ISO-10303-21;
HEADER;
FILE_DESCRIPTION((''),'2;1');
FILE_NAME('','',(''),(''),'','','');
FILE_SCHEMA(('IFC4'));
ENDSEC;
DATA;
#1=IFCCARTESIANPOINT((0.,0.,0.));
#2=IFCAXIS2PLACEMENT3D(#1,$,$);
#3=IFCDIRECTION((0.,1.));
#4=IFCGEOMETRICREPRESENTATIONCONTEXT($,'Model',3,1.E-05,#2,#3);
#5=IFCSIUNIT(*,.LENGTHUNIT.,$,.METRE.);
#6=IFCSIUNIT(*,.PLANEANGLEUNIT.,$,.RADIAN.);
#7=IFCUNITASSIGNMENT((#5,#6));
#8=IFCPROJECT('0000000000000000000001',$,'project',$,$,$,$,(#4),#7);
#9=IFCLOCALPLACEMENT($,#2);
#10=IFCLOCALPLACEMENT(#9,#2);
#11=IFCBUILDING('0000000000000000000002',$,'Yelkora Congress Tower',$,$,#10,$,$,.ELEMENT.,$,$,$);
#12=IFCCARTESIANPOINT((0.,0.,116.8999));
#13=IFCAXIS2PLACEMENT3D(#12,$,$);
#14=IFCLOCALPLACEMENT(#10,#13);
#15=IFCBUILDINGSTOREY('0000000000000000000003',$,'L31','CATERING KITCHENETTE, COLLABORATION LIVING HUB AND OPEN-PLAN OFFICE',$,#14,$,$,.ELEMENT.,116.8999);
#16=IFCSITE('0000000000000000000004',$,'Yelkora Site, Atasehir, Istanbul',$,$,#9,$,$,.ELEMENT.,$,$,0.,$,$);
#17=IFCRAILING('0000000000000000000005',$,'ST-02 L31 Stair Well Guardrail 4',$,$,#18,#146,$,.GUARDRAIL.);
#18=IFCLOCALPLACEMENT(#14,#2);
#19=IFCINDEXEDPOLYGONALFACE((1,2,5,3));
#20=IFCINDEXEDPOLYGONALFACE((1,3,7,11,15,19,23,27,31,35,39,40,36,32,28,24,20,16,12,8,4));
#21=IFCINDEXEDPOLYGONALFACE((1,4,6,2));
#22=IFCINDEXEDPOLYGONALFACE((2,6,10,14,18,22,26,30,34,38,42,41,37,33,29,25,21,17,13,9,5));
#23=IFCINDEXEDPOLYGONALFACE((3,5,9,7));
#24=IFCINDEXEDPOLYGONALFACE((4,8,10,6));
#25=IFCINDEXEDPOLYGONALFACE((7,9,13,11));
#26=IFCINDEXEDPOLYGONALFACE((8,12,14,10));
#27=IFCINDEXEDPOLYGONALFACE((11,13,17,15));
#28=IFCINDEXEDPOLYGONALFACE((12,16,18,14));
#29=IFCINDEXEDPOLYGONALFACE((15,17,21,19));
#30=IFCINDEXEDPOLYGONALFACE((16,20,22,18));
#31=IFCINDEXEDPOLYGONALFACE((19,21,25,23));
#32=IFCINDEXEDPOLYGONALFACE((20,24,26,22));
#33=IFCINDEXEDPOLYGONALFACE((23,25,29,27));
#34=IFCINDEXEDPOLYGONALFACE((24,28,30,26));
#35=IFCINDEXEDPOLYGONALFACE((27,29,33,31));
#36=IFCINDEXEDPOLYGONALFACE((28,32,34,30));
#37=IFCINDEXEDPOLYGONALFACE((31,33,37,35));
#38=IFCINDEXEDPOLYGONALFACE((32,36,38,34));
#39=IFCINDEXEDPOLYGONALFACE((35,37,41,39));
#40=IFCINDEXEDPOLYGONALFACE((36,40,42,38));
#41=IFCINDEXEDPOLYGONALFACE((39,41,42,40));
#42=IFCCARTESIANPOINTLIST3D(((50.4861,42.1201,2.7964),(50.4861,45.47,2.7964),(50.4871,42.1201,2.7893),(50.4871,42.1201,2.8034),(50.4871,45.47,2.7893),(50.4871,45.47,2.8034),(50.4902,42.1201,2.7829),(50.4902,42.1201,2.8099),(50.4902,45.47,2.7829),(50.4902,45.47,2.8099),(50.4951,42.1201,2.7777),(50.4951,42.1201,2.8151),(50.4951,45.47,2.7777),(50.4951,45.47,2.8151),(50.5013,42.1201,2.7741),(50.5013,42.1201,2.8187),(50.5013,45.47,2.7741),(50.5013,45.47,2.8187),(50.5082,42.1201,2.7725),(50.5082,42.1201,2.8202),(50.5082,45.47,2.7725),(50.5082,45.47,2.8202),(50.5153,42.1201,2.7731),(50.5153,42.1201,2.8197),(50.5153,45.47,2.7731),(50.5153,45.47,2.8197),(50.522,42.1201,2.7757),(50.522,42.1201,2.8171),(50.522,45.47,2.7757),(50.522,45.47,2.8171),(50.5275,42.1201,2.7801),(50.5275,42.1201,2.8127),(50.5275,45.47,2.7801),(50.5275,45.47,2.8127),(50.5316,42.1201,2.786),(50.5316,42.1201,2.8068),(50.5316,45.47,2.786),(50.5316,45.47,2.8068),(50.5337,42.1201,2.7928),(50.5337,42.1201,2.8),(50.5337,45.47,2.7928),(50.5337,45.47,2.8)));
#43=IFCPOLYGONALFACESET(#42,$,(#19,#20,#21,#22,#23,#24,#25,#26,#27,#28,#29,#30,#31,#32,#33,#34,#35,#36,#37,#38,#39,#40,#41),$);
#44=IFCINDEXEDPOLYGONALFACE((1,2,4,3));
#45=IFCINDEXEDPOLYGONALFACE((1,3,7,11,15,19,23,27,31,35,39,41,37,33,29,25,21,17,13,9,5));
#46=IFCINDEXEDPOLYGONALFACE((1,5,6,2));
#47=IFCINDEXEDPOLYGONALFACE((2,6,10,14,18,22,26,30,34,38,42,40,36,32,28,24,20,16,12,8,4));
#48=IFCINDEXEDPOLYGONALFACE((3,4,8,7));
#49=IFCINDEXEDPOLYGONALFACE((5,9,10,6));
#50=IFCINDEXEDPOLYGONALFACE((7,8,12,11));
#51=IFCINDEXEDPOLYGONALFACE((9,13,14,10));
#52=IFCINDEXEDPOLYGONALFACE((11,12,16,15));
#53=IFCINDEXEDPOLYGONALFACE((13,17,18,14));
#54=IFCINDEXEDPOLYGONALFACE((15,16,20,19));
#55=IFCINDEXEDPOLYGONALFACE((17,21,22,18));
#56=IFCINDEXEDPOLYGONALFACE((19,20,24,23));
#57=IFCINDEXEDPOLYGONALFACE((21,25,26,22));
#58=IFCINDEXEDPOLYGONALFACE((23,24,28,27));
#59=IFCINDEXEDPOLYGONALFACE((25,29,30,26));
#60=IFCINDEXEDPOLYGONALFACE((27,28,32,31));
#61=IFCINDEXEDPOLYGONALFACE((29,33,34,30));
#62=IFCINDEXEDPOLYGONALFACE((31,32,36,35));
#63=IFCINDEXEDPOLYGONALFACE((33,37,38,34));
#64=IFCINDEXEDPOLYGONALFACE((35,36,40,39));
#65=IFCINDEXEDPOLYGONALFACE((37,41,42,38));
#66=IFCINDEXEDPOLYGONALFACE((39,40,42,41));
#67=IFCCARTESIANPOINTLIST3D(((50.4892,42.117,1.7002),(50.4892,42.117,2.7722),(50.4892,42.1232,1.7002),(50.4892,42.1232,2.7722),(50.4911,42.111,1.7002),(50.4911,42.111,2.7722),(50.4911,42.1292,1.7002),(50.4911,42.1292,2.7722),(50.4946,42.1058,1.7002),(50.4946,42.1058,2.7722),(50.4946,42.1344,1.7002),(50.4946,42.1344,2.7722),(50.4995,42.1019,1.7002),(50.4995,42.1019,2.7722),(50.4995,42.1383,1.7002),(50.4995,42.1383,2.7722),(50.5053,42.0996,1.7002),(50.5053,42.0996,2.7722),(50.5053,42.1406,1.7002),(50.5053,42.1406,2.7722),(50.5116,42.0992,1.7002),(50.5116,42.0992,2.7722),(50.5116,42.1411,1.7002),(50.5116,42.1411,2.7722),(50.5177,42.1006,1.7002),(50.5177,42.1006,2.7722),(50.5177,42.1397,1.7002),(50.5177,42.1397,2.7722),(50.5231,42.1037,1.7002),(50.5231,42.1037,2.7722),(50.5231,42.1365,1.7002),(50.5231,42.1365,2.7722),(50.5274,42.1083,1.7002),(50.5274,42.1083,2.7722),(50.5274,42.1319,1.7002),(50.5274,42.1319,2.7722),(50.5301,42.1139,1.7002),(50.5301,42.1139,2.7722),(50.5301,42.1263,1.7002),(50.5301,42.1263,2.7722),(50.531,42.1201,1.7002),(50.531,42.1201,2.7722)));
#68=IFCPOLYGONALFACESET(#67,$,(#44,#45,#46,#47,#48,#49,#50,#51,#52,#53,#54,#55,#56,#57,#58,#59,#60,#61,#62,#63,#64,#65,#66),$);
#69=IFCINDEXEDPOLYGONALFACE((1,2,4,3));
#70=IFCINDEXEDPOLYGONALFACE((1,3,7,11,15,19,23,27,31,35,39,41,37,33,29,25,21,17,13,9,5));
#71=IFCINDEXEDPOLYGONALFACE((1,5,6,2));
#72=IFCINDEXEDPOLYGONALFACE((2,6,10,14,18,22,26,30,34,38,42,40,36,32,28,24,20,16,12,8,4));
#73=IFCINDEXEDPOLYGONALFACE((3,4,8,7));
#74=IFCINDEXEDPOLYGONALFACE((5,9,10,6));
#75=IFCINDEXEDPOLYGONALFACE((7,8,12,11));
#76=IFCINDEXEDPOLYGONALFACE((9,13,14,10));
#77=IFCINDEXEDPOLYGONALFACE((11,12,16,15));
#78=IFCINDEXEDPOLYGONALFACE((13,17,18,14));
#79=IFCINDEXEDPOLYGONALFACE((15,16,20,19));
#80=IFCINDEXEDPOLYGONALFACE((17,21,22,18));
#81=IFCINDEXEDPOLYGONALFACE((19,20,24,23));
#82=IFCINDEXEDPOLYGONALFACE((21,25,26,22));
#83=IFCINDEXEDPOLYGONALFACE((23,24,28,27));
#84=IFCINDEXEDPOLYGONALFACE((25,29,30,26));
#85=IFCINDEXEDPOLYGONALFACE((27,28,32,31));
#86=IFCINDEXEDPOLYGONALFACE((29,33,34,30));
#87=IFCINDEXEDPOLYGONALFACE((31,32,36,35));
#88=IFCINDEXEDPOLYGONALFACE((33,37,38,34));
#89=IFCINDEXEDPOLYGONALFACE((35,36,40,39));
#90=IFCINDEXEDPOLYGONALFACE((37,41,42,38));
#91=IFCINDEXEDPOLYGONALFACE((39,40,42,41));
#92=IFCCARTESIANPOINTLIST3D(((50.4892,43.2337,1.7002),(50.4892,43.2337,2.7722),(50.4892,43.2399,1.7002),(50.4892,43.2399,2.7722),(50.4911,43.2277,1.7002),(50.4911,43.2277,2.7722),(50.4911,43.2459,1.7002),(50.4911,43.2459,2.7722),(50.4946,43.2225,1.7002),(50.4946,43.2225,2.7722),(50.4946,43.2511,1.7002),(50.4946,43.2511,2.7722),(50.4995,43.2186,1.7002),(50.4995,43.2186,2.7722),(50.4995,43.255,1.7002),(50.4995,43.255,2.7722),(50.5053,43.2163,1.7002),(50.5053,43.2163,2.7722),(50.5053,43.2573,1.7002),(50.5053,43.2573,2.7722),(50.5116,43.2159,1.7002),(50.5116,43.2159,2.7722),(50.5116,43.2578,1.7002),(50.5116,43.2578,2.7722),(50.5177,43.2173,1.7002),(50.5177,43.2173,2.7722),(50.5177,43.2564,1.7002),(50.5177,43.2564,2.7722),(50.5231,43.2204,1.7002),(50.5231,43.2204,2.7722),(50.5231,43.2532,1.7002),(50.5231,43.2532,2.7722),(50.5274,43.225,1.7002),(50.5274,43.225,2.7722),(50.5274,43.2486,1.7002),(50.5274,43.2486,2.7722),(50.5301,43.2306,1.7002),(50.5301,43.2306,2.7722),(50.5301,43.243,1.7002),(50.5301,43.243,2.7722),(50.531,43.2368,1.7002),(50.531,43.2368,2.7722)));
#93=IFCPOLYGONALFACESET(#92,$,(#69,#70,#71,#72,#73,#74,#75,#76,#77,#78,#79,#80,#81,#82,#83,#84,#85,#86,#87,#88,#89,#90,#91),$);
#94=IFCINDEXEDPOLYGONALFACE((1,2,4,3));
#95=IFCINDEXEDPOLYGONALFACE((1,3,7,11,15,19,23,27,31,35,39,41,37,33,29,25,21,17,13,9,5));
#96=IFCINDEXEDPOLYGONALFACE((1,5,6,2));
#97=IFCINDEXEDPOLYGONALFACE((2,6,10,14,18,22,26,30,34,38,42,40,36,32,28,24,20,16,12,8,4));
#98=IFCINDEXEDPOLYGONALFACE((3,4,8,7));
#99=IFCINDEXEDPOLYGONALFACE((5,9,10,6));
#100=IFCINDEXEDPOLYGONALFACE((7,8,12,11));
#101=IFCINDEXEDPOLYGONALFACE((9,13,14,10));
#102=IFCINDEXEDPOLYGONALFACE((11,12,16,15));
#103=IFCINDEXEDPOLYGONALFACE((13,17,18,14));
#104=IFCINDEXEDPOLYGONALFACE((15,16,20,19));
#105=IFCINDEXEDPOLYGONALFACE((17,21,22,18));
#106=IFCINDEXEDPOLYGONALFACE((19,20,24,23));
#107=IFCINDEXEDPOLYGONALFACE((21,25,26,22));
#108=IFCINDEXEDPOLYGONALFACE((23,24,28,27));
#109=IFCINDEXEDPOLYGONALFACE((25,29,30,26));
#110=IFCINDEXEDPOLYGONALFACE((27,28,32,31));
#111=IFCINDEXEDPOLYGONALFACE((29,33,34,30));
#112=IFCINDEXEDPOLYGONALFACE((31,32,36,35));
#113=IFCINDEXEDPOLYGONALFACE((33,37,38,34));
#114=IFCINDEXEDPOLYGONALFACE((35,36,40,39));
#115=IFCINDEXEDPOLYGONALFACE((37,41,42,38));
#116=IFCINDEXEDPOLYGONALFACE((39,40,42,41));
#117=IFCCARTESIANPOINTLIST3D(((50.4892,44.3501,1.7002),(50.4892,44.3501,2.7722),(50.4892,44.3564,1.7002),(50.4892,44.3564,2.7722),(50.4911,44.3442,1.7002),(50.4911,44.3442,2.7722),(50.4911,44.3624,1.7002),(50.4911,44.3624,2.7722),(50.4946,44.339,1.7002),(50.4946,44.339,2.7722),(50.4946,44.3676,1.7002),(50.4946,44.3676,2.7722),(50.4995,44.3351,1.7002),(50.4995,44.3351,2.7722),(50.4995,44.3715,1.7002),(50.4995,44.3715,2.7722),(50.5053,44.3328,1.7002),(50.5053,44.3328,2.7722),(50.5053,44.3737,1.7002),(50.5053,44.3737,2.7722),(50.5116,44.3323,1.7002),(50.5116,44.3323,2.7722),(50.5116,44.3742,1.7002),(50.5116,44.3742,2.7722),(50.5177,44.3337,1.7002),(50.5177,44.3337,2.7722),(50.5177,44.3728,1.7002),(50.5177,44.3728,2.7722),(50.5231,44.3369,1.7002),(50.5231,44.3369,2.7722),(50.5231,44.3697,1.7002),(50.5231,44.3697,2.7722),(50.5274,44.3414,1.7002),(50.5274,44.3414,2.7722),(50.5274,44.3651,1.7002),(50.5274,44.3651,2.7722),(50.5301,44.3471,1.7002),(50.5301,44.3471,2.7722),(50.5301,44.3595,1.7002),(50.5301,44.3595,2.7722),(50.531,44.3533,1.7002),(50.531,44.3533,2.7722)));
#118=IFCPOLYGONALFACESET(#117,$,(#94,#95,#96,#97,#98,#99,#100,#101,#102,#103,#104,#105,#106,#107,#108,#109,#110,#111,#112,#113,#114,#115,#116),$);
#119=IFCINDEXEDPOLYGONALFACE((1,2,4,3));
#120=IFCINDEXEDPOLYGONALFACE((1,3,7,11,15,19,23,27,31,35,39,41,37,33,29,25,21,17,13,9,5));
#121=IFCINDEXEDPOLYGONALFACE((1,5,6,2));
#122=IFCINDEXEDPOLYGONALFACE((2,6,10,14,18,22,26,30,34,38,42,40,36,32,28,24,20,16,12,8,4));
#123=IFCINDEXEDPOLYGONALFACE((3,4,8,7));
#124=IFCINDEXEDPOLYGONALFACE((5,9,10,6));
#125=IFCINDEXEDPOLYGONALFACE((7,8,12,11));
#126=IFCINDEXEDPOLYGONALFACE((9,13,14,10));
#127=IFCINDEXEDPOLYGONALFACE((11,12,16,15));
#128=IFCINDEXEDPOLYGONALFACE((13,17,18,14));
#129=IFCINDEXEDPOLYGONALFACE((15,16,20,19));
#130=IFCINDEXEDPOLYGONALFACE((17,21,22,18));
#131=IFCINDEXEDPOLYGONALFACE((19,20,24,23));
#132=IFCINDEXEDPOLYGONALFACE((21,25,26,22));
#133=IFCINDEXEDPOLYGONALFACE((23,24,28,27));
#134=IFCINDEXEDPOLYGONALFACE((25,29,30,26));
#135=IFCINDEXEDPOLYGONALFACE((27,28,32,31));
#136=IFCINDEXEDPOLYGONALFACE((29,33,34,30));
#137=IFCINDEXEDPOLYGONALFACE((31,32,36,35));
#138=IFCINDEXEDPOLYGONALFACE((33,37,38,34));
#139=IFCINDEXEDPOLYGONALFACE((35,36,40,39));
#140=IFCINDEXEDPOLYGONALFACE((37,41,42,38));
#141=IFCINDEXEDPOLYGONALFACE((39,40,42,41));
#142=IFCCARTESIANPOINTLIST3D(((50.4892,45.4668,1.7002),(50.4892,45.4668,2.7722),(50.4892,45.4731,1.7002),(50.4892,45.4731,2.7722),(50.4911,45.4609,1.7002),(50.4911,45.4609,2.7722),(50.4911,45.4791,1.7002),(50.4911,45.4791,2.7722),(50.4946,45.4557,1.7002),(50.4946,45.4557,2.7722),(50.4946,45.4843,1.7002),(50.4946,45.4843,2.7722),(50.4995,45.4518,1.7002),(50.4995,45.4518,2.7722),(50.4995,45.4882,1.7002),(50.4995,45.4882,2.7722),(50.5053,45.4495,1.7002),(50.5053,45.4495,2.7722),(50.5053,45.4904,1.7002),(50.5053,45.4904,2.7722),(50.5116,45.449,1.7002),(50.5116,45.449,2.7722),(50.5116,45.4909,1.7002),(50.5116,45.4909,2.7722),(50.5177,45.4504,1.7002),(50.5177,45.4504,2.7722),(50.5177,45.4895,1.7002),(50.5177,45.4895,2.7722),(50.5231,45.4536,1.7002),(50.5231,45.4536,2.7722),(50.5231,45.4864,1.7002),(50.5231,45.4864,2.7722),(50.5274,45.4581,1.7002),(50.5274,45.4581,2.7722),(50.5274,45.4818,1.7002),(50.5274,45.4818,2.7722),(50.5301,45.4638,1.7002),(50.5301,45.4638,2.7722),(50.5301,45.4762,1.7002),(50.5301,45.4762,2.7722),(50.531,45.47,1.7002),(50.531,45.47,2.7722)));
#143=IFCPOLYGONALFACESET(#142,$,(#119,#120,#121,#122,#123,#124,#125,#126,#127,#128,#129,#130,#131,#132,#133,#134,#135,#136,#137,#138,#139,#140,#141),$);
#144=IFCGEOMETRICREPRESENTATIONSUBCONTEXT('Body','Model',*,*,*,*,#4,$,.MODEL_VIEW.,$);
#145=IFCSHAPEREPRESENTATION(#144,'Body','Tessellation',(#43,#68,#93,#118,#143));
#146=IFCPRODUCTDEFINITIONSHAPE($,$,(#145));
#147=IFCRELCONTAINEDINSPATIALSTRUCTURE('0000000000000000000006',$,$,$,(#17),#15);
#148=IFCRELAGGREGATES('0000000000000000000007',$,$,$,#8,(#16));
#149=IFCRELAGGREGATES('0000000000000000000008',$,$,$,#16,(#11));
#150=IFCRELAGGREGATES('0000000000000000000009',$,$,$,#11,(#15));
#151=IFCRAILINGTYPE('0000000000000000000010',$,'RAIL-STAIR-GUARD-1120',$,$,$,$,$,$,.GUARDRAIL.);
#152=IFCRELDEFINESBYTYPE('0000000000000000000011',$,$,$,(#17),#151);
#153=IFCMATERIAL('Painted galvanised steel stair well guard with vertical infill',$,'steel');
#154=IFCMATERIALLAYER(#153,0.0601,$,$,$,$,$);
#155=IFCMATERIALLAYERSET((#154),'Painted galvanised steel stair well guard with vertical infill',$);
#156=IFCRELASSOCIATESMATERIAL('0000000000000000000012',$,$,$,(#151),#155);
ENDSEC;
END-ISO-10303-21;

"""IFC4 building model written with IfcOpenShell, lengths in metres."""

from ifc_helpers import new_model, si_unit, direction, frame, origin, origin_2d, place, context, subcontext, project, spatial, circle, extrude, material, layer, layer_set, type_object, element, save


model = new_model("IFC4")

# Units and contexts
model_context = context("Model", 3, precision=1e-05, world=origin(), true_north=direction((0.0, 1.0)))
body_context = subcontext(model_context, "Body", "Model", "MODEL_VIEW")
ifc_project = project(units=[si_unit("LENGTHUNIT", "METRE"), si_unit("PLANEANGLEUNIT", "RADIAN")], contexts=[model_context])

# Site, building, storey
site_placement = place(None, origin())
site = spatial("IfcSite", under=ifc_project, at=site_placement, Name="Yelkora Site, Atasehir, Istanbul", CompositionType="ELEMENT", RefElevation=0.0)
building_placement = place(site_placement, origin())
building = spatial("IfcBuilding", under=site, at=building_placement, Name="Yelkora Congress Tower", CompositionType="ELEMENT")
storey_placement = place(building_placement, frame((0.0, 0.0, 116.8999)))
storey = spatial("IfcBuildingStorey", under=building, at=storey_placement, Name="L31", Description="CATERING KITCHENETTE, COLLABORATION LIVING HUB AND OPEN-PLAN OFFICE", CompositionType="ELEMENT", Elevation=116.8999)

# Railing
ifc_material_1 = material(Name="Painted galvanised steel stair well guard with vertical infill", Category="steel")
ifc_layer_1 = layer(ifc_material_1, 0.0601)
ifc_layer_set_1 = layer_set([ifc_layer_1], Name="Painted galvanised steel stair well guard with vertical infill")
railing_type_1 = type_object("IfcRailingType", Name="RAIL-STAIR-GUARD-1120", PredefinedType="GUARDRAIL", material=ifc_layer_set_1)
for number, where, name in (
    (1, (50.51, 42.1201, 1.7002), "ST-02 L31 Stair Well Guardrail 4"),
):
    element("IfcRailing", number, at=place(storey_placement, frame(where)), inside=storey, type_object=railing_type_1, Name=name, PredefinedType="GUARDRAIL", context=body_context, shape_type="SweptSolid", body=[
        extrude(circle(Radius=0.0239, at=origin_2d()), frame((0.0, 0.0, 1.0962), z_axis=(0.0, 1.0, 0.0), x_axis=(-1.0, 0.0, 0.0)), (0.0, 0.0, 1.0), 3.3499),
        extrude(circle(Radius=0.021, at=origin_2d()), origin(), (0.0, 0.0, 1.0), 1.072),
        extrude(circle(Radius=0.021, at=origin_2d()), frame((0.0, 1.1167, 0.0)), (0.0, 0.0, 1.0), 1.072),
        extrude(circle(Radius=0.021, at=origin_2d()), frame((0.0, 2.2332, 0.0)), (0.0, 0.0, 1.0), 1.072),
        extrude(circle(Radius=0.021, at=origin_2d()), frame((0.0, 3.3499, 0.0)), (0.0, 0.0, 1.0), 1.072),
    ])

save(model, "model.ifc")
